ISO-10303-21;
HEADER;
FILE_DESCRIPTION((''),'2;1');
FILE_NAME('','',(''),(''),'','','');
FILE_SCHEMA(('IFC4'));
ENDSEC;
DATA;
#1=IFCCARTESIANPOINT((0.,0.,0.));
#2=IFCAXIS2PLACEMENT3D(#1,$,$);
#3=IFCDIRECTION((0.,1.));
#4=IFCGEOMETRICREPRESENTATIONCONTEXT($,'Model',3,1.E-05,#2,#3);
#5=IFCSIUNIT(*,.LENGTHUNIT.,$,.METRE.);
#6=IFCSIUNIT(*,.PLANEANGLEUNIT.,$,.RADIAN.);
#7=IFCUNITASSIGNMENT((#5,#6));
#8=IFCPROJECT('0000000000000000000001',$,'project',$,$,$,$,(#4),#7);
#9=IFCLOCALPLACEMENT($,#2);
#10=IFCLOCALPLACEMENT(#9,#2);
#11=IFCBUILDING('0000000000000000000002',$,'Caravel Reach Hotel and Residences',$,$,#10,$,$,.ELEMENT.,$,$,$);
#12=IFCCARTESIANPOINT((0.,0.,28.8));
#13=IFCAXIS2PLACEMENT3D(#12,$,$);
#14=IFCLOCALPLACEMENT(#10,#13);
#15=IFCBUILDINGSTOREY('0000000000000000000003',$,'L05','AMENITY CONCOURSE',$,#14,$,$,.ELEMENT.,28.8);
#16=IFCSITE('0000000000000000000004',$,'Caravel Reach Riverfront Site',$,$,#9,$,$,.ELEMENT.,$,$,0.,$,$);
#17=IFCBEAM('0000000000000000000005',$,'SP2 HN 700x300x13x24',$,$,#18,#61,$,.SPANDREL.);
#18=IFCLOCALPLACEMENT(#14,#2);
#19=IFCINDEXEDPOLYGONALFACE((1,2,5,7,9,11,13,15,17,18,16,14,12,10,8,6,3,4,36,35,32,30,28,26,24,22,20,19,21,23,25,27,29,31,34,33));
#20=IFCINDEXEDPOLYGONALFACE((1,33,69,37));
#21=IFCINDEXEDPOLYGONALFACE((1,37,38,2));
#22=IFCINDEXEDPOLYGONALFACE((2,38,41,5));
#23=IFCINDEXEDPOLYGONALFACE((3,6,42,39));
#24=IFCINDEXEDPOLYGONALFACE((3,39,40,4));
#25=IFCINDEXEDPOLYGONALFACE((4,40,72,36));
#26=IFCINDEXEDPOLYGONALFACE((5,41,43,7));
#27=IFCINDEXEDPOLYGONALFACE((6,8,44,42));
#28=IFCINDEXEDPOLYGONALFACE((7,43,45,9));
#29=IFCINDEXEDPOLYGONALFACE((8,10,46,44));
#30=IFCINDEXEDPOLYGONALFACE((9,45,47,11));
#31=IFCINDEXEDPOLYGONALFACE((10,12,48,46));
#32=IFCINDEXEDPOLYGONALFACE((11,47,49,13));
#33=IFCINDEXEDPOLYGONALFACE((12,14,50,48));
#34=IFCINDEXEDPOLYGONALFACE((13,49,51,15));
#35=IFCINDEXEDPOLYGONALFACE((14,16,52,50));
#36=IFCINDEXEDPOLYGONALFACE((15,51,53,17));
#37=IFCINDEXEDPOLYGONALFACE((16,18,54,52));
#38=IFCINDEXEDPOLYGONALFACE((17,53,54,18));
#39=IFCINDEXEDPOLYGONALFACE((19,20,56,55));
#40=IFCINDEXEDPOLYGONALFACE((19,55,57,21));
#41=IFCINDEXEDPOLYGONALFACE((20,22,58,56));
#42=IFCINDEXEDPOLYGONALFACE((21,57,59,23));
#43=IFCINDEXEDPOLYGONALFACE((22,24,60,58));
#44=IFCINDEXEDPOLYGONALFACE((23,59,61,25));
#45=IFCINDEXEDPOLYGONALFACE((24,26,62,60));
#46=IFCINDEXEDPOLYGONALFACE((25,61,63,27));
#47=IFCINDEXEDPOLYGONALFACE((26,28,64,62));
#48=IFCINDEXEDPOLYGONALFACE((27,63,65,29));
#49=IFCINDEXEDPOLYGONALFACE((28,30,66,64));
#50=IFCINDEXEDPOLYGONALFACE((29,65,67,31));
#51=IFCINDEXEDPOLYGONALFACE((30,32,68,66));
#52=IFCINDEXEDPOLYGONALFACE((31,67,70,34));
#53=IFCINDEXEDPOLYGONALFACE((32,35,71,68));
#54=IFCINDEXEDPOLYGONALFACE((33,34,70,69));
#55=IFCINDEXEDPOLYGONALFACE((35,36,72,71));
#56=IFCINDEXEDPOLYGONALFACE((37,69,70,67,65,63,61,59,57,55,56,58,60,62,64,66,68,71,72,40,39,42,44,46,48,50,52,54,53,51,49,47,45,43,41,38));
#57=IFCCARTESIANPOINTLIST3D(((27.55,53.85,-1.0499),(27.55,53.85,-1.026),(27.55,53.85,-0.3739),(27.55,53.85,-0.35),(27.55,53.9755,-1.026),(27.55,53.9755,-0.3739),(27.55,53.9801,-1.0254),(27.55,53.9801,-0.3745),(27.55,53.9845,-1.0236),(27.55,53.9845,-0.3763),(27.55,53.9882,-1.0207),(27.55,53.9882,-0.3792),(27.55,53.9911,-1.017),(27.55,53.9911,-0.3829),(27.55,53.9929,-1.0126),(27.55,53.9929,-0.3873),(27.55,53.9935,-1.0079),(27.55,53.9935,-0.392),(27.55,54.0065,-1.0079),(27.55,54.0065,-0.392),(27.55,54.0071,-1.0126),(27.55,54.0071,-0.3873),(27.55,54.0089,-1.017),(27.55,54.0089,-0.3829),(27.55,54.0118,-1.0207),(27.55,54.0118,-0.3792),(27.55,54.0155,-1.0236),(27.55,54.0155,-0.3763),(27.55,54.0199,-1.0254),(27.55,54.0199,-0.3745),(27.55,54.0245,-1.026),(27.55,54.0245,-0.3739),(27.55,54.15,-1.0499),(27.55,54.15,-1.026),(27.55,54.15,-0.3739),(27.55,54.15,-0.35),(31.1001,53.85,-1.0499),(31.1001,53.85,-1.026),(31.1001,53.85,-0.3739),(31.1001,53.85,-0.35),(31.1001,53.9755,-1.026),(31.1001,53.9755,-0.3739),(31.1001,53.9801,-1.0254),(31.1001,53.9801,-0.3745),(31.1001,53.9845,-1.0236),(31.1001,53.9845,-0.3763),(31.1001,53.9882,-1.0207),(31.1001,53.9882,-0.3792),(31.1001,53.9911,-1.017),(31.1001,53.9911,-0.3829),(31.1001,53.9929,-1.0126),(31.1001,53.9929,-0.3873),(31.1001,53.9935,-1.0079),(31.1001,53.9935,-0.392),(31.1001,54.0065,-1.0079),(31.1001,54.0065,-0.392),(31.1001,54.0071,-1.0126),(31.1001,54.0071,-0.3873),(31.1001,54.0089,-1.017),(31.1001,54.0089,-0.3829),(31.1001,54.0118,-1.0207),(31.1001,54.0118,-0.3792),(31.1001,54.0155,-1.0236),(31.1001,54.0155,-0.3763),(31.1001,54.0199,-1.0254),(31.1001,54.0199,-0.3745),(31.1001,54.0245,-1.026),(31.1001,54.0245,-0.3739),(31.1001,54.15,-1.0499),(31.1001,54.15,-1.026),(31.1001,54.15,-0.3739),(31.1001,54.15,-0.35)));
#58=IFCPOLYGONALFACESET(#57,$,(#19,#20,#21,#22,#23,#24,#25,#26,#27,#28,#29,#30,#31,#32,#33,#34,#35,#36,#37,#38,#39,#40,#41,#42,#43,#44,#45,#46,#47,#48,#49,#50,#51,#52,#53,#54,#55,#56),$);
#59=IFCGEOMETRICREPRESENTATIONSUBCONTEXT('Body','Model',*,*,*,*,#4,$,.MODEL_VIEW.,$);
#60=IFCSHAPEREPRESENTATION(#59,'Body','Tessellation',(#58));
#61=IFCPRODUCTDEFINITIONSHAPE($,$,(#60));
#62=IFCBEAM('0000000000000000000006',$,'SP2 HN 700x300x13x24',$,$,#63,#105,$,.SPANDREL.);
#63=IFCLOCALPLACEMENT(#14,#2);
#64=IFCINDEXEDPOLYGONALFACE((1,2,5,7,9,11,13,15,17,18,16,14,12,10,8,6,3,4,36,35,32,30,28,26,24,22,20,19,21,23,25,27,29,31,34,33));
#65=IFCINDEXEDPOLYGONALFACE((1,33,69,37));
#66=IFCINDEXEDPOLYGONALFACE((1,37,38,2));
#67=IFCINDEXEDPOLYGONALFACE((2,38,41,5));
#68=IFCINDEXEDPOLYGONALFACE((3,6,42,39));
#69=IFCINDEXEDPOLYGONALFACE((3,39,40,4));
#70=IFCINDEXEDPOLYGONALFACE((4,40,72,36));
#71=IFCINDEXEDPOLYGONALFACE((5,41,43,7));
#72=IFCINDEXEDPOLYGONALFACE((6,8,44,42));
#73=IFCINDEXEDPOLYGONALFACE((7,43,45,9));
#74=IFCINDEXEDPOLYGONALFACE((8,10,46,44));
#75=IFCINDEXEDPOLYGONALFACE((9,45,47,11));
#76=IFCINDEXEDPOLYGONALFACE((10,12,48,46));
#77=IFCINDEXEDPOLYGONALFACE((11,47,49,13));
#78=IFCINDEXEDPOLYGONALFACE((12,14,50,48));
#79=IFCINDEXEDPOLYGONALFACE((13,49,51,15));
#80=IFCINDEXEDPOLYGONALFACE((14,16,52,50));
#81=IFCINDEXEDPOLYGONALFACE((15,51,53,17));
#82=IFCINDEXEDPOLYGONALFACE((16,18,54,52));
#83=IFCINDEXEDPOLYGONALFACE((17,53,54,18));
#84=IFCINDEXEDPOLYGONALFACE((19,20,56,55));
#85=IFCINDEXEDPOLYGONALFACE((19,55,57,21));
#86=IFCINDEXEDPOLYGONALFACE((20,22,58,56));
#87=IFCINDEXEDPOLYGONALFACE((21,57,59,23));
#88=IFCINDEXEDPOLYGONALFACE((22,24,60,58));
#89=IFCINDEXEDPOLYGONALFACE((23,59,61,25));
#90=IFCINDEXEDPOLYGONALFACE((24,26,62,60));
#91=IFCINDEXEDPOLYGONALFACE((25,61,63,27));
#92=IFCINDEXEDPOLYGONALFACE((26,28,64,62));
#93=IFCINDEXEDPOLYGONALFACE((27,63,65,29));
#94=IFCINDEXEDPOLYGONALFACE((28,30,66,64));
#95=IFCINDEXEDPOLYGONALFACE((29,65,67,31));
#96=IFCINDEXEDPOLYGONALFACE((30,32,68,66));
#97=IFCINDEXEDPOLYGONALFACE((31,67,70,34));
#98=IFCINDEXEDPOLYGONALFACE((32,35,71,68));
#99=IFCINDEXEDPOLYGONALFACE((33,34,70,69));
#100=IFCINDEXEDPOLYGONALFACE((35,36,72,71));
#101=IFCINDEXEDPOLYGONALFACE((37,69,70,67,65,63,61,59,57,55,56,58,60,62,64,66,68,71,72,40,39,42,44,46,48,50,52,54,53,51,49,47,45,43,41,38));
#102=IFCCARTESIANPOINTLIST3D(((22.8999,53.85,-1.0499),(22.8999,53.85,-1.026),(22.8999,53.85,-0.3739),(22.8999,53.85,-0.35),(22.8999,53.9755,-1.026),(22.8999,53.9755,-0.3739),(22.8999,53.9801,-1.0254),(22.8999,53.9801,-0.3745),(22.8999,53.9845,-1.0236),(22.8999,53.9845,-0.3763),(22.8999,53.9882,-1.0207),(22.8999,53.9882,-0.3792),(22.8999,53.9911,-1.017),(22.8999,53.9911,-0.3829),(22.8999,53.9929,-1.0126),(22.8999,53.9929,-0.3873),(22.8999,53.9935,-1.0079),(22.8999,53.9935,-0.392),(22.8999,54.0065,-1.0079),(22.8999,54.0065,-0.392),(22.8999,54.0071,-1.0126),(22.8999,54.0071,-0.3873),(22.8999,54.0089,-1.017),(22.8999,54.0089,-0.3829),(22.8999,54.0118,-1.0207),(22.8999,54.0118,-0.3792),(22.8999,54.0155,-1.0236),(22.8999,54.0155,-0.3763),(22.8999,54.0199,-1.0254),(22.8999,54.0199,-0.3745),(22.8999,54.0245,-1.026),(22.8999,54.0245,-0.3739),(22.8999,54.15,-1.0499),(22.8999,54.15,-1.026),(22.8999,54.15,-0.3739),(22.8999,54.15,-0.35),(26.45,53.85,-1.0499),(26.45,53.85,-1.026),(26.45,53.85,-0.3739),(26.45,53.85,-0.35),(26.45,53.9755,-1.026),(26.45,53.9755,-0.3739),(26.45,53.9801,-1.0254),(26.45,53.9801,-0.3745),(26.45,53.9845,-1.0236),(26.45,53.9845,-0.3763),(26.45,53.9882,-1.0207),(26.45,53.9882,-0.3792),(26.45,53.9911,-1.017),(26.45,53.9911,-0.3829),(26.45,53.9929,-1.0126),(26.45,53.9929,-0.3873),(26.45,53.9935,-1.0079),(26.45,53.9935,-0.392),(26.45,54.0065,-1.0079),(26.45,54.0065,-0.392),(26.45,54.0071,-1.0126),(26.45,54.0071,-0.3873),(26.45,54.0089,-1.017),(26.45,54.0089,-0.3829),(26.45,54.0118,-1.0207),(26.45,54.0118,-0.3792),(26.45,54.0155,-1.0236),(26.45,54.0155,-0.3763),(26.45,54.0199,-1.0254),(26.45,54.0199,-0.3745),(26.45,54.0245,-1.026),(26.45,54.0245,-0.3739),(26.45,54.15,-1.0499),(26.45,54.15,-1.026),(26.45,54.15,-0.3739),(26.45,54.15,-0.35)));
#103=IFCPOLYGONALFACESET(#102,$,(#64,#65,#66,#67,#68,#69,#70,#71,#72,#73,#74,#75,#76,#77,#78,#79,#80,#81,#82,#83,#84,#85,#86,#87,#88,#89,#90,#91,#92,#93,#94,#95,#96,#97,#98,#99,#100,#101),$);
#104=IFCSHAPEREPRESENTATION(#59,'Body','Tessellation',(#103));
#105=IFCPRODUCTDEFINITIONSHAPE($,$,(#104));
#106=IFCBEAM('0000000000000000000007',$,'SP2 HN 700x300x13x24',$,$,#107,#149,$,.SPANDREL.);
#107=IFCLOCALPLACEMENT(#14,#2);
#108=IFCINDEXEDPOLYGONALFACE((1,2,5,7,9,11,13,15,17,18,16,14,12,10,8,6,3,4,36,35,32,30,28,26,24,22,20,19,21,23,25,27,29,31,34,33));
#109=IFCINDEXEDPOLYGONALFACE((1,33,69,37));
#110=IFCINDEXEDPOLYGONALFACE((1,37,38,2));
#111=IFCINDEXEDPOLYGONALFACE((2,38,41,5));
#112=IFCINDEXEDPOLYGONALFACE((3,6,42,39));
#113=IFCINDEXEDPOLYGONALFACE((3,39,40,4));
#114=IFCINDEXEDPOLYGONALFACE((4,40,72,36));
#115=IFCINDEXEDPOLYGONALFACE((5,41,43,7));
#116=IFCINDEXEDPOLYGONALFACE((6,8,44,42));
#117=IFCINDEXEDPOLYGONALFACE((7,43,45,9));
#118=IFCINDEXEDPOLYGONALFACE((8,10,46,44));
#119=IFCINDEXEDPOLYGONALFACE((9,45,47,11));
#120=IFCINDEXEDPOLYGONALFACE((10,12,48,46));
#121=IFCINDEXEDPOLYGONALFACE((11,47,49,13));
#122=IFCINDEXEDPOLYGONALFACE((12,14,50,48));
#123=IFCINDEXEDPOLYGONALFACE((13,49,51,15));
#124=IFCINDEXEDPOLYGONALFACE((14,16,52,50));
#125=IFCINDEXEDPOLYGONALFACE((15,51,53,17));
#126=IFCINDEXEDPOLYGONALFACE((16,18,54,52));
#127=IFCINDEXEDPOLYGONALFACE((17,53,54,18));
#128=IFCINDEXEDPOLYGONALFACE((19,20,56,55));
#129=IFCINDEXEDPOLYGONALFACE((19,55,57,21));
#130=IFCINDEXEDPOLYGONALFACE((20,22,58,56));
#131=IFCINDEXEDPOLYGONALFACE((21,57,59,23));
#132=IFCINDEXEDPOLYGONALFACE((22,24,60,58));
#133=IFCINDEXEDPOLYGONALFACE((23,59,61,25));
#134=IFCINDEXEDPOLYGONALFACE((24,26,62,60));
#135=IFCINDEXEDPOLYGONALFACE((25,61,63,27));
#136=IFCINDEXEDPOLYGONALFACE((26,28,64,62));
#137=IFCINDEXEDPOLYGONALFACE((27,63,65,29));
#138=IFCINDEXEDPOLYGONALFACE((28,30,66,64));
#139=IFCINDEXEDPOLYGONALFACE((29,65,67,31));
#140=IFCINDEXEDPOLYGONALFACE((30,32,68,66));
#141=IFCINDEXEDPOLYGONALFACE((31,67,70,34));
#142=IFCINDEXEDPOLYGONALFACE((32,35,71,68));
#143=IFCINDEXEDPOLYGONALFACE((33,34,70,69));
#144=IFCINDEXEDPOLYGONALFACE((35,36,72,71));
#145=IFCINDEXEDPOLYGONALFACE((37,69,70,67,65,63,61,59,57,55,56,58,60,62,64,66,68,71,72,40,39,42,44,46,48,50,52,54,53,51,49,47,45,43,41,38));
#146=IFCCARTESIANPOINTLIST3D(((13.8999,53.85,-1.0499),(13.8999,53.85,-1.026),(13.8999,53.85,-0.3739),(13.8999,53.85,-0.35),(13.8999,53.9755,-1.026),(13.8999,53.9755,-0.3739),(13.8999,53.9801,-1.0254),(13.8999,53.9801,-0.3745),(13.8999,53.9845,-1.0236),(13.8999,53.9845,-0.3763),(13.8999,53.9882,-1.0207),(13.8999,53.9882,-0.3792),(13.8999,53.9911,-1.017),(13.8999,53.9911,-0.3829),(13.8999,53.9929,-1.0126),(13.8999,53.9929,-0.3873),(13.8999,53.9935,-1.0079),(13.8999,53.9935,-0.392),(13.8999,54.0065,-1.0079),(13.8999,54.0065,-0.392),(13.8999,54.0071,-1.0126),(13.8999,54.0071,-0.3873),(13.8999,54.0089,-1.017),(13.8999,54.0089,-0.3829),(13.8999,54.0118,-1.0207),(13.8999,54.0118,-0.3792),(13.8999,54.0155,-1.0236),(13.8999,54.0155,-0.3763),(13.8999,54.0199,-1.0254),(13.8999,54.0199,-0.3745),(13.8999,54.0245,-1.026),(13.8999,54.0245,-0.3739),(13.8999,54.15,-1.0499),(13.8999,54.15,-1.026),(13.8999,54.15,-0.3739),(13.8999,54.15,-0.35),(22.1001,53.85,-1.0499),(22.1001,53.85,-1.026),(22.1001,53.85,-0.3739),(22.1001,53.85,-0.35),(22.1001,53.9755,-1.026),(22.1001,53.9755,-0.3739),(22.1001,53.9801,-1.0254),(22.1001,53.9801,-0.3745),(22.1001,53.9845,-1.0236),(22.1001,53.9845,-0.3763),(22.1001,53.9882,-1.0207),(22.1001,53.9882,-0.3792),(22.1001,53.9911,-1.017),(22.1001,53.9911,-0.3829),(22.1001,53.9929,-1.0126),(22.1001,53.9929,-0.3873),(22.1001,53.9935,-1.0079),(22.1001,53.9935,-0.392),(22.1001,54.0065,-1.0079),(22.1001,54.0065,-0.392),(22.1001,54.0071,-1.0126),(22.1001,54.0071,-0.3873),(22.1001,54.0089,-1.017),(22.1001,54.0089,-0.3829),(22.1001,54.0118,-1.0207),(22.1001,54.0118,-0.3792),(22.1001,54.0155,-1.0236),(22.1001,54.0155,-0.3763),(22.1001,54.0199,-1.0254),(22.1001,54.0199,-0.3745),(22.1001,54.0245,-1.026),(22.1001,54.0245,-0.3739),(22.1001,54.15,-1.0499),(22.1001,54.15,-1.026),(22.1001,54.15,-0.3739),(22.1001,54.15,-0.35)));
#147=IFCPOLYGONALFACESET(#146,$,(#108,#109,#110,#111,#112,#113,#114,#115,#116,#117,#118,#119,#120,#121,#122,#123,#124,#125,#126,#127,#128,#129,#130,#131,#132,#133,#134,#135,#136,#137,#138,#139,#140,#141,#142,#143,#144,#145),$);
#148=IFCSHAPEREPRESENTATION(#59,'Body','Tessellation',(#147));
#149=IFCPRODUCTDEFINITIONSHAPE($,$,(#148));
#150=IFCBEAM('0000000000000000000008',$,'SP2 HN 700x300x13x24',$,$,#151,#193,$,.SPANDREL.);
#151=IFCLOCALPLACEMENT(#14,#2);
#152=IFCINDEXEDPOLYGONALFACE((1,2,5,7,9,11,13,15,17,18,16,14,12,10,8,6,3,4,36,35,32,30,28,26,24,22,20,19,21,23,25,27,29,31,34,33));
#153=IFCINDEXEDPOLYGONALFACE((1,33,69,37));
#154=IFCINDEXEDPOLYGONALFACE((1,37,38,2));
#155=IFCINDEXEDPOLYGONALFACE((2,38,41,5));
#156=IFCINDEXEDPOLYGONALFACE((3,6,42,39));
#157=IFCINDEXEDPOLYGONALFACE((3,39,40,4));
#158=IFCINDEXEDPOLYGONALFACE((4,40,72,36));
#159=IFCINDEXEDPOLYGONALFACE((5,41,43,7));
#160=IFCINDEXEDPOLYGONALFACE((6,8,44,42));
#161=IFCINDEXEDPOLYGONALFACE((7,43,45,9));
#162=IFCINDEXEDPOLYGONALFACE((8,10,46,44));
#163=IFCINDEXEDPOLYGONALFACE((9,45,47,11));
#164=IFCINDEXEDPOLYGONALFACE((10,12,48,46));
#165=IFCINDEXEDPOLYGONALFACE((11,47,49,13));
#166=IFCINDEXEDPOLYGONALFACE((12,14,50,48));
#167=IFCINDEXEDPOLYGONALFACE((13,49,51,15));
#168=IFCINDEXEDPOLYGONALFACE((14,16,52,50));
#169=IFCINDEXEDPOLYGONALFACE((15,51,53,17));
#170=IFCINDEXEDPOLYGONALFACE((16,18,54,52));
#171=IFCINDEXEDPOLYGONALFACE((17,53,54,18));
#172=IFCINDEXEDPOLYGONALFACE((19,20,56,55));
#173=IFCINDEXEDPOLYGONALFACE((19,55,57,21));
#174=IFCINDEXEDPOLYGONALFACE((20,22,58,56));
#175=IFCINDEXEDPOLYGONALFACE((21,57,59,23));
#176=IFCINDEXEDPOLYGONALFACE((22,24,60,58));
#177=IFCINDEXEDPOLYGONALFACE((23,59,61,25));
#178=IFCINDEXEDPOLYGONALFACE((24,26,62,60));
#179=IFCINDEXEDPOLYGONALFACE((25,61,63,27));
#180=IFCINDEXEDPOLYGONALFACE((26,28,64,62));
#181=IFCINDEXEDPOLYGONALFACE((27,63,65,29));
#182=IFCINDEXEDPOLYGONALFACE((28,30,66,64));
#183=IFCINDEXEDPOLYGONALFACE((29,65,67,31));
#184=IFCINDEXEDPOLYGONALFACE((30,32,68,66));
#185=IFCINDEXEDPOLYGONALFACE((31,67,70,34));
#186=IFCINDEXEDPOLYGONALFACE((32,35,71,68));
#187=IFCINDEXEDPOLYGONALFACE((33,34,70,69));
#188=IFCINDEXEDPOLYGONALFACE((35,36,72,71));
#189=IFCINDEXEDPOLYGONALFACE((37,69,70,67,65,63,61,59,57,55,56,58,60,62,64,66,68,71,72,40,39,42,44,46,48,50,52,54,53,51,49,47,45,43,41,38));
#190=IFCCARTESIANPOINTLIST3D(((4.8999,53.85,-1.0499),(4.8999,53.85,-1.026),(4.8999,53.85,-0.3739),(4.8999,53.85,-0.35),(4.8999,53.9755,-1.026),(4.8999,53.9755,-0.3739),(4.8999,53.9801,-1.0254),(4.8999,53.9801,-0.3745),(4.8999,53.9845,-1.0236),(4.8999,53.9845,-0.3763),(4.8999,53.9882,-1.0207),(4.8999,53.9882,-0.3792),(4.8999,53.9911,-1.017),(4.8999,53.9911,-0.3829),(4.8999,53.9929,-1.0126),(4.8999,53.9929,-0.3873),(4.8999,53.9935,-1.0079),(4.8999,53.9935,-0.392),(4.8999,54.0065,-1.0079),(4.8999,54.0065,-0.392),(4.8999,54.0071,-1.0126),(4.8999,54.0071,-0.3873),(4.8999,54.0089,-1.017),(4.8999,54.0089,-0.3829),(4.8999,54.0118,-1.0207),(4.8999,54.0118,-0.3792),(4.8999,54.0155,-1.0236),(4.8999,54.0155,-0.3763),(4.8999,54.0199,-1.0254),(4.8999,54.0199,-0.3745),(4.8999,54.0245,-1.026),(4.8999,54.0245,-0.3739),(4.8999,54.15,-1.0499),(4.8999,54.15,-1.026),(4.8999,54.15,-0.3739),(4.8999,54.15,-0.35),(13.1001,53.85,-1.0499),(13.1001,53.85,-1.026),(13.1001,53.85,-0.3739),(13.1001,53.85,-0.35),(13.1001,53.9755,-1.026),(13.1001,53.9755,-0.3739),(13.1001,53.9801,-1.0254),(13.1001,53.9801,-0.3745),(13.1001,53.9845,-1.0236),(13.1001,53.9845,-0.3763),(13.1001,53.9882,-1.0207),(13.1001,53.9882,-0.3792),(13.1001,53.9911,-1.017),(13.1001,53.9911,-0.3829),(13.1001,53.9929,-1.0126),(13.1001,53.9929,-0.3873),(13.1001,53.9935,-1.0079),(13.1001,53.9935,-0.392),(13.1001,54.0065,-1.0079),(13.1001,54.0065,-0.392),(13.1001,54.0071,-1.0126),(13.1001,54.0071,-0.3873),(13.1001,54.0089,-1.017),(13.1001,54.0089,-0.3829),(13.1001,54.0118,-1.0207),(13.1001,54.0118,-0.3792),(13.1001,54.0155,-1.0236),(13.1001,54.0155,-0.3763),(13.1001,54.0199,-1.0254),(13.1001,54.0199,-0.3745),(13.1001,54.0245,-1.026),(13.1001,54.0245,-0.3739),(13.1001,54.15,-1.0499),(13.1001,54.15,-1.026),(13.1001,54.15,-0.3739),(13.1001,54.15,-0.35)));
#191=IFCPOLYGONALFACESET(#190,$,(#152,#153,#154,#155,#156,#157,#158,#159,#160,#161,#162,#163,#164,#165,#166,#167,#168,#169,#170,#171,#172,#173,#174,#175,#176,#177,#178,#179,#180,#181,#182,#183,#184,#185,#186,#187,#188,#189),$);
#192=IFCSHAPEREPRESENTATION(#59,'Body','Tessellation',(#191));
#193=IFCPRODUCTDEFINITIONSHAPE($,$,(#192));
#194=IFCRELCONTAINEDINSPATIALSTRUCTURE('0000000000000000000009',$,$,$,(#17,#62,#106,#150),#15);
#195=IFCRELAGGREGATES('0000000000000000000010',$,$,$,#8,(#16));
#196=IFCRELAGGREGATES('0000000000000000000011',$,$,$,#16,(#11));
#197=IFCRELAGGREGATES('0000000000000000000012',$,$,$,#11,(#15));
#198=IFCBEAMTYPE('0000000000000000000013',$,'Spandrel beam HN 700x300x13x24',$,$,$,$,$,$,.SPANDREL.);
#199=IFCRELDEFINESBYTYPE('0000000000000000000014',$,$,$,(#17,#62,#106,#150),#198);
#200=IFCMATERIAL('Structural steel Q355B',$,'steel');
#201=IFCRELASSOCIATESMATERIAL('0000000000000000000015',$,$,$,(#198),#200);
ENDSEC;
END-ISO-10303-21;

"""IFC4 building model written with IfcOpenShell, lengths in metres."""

from ifc_helpers import new_model, si_unit, direction, frame, origin, origin_2d, place, context, subcontext, project, spatial, i_section, extrude, material, material_profile, profile_set, type_object, element, save


model = new_model("IFC4")

# Units and contexts
model_context = context("Model", 3, precision=1e-05, world=origin(), true_north=direction((0.0, 1.0)))
body_context = subcontext(model_context, "Body", "Model", "MODEL_VIEW")
ifc_project = project(units=[si_unit("LENGTHUNIT", "METRE"), si_unit("PLANEANGLEUNIT", "RADIAN")], contexts=[model_context])

# Site, building, storey
site_placement = place(None, origin())
site = spatial("IfcSite", under=ifc_project, at=site_placement, Name="Caravel Reach Riverfront Site", CompositionType="ELEMENT", RefElevation=0.0)
building_placement = place(site_placement, origin())
building = spatial("IfcBuilding", under=site, at=building_placement, Name="Caravel Reach Hotel and Residences", CompositionType="ELEMENT")
storey_placement = place(building_placement, frame((0.0, 0.0, 28.8)))
storey = spatial("IfcBuildingStorey", under=building, at=storey_placement, Name="L05", Description="AMENITY CONCOURSE", CompositionType="ELEMENT", Elevation=28.8)

# Beams
ifc_material_1 = material(Name="Structural steel Q355B", Category="steel")
ifc_material_profile_1 = material_profile(ifc_material_1, i_section(OverallWidth=0.3, OverallDepth=0.7, WebThickness=0.0129, FlangeThickness=0.0239, FilletRadius=0.0181, at=origin_2d()), Name="HN 700x300x13x24")
ifc_profile_set_1 = profile_set([ifc_material_profile_1], Name="Structural steel Q355B")
beam_type = type_object("IfcBeamType", Name="Spandrel beam HN 700x300x13x24", PredefinedType="SPANDREL", material=ifc_profile_set_1)
for number, where, z_axis, x_axis, name in (
    (1, (31.1001, 54.0, -0.7), (-1.0, 0.0, 0.0), (0.0, -1.0, 0.0), "SP2 HN 700x300x13x24"),
    (2, (26.45, 54.0, -0.7), (-1.0, 0.0, 0.0), (0.0, -1.0, 0.0), "SP2 HN 700x300x13x24"),
):
    element("IfcBeam", number, at=place(storey_placement, frame(where, z_axis=z_axis, x_axis=x_axis)), inside=storey, type_object=beam_type, Name=name, PredefinedType="SPANDREL", context=body_context, shape_type="SweptSolid", body=[
        extrude(i_section(OverallWidth=0.3, OverallDepth=0.7, WebThickness=0.0129, FlangeThickness=0.0239, FilletRadius=0.0181, at=origin_2d()), origin(), (0.0, 0.0, 1.0), 3.55),
    ])
for number, where, z_axis, x_axis, name in (
    (3, (22.1001, 54.0, -0.7), (-1.0, 0.0, 0.0), (0.0, -1.0, 0.0), "SP2 HN 700x300x13x24"),
    (4, (13.1001, 54.0, -0.7), (-1.0, 0.0, 0.0), (0.0, -1.0, 0.0), "SP2 HN 700x300x13x24"),
):
    element("IfcBeam", number, at=place(storey_placement, frame(where, z_axis=z_axis, x_axis=x_axis)), inside=storey, type_object=beam_type, Name=name, PredefinedType="SPANDREL", context=body_context, shape_type="SweptSolid", body=[
        extrude(i_section(OverallWidth=0.3, OverallDepth=0.7, WebThickness=0.0129, FlangeThickness=0.0239, FilletRadius=0.0181, at=origin_2d()), origin(), (0.0, 0.0, 1.0), 8.2002),
    ])

save(model, "model.ifc")
